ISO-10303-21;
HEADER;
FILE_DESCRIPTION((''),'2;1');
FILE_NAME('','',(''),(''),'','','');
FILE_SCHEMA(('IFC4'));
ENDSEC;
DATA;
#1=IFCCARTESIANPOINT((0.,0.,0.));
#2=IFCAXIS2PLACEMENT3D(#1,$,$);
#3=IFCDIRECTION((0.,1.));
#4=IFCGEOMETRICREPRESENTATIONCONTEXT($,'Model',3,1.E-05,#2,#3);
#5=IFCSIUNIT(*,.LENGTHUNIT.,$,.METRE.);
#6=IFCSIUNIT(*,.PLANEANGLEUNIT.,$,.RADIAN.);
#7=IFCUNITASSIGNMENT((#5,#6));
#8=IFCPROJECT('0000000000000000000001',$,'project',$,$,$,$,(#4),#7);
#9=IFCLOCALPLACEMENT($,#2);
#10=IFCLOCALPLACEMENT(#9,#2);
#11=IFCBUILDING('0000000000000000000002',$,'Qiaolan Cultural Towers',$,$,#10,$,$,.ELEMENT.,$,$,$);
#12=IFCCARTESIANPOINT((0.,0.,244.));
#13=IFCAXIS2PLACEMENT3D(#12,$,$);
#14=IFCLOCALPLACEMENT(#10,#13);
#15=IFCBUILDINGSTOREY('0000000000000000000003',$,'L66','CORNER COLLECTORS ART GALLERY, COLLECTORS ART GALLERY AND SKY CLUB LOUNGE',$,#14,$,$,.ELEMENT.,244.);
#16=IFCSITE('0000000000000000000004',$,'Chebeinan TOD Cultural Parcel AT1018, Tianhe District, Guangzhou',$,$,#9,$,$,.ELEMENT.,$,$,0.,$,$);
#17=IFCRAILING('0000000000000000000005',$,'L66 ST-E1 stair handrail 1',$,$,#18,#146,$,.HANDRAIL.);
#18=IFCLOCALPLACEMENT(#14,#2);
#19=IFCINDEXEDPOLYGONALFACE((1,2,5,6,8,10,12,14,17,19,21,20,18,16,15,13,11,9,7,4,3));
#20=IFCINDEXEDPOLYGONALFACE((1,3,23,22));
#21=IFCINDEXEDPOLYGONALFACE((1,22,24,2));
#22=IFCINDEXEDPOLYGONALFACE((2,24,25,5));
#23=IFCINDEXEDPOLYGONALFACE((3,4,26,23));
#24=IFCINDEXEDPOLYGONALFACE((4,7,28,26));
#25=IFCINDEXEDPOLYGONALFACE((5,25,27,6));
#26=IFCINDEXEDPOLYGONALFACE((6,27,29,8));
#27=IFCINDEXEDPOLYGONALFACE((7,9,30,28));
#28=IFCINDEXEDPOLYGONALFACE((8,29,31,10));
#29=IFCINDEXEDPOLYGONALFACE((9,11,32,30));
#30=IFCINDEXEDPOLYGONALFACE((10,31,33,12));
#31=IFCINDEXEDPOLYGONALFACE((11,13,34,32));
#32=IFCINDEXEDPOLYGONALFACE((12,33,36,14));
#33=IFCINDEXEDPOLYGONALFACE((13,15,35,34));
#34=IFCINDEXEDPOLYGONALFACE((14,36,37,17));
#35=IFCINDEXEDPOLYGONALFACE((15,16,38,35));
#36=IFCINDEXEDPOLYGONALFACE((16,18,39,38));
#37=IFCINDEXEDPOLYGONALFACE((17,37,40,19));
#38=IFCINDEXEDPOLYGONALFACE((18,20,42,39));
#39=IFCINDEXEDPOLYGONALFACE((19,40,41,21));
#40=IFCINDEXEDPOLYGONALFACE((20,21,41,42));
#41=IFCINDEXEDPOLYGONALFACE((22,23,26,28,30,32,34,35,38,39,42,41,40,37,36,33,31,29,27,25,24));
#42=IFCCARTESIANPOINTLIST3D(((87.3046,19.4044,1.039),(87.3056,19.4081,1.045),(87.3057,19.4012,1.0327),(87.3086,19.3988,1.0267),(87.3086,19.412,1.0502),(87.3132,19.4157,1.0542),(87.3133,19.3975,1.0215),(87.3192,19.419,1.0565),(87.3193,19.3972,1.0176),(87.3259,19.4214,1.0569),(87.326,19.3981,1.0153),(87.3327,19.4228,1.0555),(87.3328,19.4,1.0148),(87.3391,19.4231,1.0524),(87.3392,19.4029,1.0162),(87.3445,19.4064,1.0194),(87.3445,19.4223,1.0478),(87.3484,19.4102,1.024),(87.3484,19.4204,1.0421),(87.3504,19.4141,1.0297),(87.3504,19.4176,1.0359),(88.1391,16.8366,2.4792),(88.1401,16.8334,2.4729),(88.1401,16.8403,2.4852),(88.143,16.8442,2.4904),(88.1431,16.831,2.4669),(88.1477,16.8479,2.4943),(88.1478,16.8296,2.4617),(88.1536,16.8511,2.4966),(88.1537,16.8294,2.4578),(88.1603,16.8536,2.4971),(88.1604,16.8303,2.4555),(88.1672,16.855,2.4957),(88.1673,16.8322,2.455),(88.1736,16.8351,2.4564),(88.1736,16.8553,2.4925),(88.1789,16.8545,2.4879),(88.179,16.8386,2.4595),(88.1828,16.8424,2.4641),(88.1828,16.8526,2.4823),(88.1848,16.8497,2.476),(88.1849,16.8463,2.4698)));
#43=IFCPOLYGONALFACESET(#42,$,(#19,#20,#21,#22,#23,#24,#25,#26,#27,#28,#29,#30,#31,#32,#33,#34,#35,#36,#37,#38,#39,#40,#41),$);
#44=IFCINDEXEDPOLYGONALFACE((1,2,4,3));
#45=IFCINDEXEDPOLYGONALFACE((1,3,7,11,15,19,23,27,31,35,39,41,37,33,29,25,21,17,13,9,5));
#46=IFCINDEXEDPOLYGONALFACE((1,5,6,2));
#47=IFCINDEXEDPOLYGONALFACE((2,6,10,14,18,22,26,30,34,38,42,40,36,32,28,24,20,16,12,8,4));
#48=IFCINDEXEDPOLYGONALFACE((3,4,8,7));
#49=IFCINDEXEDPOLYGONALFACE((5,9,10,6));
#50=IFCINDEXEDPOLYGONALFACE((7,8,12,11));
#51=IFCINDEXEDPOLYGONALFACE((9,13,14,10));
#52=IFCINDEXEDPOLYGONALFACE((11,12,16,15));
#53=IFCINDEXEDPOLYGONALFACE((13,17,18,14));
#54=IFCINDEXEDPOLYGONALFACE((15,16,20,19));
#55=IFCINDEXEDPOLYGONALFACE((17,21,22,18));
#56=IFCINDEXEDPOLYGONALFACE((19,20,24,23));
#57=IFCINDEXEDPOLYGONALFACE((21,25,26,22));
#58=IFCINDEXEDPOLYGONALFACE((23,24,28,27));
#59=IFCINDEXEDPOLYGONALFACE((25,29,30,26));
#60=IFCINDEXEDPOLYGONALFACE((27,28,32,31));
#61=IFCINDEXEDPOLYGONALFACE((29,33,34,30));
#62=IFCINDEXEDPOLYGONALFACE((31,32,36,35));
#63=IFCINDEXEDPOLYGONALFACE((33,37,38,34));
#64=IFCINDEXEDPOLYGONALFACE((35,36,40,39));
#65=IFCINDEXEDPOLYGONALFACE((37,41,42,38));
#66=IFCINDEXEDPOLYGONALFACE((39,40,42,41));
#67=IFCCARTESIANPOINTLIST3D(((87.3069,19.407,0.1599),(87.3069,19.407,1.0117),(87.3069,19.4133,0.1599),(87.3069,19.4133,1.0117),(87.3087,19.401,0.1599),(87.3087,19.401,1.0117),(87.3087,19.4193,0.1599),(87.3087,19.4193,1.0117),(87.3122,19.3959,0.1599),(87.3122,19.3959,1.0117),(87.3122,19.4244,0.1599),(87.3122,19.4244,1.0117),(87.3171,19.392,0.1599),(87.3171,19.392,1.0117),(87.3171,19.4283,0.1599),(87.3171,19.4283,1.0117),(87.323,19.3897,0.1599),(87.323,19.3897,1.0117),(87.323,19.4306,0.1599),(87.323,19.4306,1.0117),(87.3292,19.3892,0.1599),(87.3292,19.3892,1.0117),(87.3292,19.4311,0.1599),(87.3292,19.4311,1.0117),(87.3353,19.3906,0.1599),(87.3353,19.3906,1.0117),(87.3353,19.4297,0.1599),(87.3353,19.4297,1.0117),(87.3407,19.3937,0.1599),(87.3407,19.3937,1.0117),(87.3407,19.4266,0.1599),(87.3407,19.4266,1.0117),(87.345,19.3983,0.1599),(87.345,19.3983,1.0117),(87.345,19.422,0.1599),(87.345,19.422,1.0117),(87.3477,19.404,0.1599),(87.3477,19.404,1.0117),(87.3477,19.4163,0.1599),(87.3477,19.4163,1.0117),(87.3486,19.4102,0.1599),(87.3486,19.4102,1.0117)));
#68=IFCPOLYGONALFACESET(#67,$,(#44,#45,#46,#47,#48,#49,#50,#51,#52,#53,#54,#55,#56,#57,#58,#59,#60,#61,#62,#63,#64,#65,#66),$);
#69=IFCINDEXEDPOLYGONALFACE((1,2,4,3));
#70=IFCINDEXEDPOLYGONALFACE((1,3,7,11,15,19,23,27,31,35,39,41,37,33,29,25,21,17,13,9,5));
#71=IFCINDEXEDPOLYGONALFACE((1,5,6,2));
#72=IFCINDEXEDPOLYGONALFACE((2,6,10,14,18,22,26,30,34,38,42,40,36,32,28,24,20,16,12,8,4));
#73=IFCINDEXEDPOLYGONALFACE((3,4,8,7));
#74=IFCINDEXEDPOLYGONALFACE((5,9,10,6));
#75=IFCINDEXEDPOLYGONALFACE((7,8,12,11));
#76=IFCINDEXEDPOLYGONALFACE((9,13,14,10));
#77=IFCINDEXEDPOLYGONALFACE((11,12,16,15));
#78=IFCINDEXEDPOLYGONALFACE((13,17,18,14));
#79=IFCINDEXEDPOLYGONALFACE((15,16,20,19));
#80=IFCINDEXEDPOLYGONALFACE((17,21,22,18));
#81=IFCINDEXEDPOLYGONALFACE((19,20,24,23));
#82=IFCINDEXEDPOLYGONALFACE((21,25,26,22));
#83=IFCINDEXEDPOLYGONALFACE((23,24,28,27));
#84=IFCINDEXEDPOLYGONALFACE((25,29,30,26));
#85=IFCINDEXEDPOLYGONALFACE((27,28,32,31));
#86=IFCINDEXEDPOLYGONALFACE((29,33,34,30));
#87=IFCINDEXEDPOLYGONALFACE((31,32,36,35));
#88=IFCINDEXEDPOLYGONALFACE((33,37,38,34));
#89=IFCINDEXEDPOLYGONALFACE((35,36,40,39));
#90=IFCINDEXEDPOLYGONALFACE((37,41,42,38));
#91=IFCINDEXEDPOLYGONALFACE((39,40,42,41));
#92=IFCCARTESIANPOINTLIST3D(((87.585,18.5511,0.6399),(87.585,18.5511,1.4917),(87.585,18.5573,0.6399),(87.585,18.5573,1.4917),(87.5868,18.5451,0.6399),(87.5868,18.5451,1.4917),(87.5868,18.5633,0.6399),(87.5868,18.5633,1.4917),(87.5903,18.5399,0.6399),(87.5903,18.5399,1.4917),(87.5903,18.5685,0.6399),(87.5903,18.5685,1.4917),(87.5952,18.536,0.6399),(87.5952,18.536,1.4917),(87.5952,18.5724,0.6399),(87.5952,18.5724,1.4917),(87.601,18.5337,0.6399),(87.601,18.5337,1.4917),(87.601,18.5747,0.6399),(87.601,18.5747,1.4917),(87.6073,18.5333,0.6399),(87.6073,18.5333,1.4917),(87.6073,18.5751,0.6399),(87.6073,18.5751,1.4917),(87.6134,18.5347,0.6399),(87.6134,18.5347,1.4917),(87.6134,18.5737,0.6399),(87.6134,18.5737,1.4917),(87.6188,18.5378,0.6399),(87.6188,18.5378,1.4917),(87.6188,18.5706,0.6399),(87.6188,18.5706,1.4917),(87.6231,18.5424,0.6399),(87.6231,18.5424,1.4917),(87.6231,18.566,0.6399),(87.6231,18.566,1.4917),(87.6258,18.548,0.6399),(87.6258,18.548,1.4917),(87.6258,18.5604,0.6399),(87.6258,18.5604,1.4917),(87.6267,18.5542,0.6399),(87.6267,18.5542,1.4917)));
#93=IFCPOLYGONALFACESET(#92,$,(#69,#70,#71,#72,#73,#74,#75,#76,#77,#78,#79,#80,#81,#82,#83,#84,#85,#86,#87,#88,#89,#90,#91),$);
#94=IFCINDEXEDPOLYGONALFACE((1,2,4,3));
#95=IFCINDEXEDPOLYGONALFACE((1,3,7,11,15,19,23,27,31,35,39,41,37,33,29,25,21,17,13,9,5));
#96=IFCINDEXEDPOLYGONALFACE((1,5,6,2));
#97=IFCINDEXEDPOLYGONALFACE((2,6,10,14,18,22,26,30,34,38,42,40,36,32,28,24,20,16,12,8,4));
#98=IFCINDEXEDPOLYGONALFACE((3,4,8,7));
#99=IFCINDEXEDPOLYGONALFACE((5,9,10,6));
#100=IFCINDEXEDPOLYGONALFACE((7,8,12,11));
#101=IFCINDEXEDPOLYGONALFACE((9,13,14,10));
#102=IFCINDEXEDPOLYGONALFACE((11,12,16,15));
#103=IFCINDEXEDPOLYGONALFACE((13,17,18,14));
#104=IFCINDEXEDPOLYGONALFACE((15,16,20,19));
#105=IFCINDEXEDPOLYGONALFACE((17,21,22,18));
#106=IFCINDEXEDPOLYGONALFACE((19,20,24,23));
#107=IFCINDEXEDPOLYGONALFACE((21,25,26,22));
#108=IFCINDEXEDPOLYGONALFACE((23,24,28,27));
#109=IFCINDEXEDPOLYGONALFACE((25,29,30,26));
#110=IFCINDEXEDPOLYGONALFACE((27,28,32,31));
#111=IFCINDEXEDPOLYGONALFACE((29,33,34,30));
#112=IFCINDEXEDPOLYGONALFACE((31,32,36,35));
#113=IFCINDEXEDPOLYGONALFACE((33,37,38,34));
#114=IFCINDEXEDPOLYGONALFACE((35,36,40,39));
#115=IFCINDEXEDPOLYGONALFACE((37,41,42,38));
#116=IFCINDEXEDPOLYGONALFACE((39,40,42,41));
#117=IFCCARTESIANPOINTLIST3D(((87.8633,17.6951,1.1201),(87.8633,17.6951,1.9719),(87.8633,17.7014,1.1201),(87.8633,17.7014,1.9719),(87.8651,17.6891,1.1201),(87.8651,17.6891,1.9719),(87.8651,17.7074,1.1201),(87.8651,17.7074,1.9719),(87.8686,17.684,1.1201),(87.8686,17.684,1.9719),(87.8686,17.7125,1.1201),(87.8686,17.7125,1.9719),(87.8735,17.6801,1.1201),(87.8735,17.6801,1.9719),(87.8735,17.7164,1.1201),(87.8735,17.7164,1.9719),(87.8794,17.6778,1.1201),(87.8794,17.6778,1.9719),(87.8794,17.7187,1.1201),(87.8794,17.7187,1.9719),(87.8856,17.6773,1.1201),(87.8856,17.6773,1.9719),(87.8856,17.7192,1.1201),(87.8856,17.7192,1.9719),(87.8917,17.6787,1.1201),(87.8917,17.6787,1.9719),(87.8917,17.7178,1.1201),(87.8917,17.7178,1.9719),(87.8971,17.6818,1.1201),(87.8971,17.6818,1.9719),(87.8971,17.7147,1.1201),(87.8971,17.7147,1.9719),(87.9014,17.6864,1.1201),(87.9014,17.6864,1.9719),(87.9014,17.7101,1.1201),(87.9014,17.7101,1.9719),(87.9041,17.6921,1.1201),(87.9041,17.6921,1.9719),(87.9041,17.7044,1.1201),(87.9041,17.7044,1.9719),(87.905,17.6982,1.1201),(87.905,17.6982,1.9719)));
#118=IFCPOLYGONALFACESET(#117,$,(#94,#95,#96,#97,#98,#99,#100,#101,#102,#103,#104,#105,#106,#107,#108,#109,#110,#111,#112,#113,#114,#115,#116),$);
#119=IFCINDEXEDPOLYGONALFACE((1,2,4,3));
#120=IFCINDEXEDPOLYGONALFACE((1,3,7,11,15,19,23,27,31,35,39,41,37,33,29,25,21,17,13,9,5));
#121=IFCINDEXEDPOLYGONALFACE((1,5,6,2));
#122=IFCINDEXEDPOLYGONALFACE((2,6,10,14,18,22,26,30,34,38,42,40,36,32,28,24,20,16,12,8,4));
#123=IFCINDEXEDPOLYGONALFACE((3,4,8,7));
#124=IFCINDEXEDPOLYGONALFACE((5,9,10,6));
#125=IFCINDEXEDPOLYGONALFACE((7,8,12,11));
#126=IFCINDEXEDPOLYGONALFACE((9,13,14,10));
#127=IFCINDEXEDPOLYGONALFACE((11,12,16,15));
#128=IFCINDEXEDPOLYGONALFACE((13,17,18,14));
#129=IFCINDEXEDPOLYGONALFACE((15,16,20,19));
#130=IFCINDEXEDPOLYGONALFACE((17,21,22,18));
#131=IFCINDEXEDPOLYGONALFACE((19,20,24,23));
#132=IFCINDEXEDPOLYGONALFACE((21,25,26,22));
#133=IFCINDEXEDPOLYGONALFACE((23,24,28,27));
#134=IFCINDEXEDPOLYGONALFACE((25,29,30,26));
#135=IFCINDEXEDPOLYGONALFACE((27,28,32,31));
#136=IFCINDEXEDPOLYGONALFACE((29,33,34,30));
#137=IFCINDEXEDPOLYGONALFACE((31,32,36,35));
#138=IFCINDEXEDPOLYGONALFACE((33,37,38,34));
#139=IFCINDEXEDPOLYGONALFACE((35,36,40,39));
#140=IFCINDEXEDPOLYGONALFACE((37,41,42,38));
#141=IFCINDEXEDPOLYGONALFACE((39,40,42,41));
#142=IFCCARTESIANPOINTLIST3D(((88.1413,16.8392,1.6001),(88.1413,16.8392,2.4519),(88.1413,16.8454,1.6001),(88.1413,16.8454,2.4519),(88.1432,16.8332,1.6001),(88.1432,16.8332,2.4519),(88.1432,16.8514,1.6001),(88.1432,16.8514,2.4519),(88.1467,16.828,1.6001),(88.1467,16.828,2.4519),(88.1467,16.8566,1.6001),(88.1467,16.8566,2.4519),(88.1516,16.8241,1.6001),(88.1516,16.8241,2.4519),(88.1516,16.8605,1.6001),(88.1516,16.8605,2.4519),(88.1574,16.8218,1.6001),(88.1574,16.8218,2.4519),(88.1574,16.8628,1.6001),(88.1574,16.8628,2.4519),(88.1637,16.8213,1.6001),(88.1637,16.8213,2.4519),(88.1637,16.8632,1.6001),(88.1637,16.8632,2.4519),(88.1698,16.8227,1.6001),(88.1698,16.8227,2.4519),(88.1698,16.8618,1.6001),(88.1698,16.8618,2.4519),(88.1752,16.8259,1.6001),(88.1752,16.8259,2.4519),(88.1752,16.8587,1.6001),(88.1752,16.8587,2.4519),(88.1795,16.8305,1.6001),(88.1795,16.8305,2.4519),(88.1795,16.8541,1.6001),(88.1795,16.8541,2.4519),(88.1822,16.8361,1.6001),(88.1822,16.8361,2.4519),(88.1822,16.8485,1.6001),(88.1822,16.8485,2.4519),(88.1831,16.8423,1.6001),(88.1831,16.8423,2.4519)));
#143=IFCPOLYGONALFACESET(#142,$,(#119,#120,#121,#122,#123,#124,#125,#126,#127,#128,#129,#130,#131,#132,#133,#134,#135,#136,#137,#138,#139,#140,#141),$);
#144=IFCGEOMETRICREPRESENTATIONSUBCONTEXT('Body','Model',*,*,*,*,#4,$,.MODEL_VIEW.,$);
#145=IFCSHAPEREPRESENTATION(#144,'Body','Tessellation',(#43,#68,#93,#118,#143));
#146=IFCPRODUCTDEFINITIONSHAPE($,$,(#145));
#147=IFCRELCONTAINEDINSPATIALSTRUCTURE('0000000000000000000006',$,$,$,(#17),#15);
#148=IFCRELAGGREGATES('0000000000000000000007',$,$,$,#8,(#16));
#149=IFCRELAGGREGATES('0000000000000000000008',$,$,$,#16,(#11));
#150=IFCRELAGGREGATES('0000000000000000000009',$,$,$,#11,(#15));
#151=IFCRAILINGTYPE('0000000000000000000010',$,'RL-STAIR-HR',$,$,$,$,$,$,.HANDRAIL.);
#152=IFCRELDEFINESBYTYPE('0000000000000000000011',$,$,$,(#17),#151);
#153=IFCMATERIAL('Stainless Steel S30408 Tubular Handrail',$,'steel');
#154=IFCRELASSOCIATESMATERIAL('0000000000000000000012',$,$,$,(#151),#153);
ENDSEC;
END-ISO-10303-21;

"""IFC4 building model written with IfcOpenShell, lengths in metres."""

from ifc_helpers import new_model, si_unit, direction, frame, origin, origin_2d, place, context, subcontext, project, spatial, circle, extrude, material, type_object, element, save


model = new_model("IFC4")

# Units and contexts
model_context = context("Model", 3, precision=1e-05, world=origin(), true_north=direction((0.0, 1.0)))
body_context = subcontext(model_context, "Body", "Model", "MODEL_VIEW")
ifc_project = project(units=[si_unit("LENGTHUNIT", "METRE"), si_unit("PLANEANGLEUNIT", "RADIAN")], contexts=[model_context])

# Site, building, storey
site_placement = place(None, origin())
site = spatial("IfcSite", under=ifc_project, at=site_placement, Name="Chebeinan TOD Cultural Parcel AT1018, Tianhe District, Guangzhou", CompositionType="ELEMENT", RefElevation=0.0)
building_placement = place(site_placement, origin())
building = spatial("IfcBuilding", under=site, at=building_placement, Name="Qiaolan Cultural Towers", CompositionType="ELEMENT")
storey_placement = place(building_placement, frame((0.0, 0.0, 244.0)))
storey = spatial("IfcBuildingStorey", under=building, at=storey_placement, Name="L66", Description="CORNER COLLECTORS ART GALLERY, COLLECTORS ART GALLERY AND SKY CLUB LOUNGE", CompositionType="ELEMENT", Elevation=244.0)

# Railing
ifc_material_1 = material(Name="Stainless Steel S30408 Tubular Handrail", Category="steel")
railing_type_1 = type_object("IfcRailingType", Name="RL-STAIR-HR", PredefinedType="HANDRAIL", material=ifc_material_1)
railing_1_placement = place(storey_placement, frame((87.3276, 19.4102, 0.1599)))
element("IfcRailing", 1, at=railing_1_placement, inside=storey, type_object=railing_type_1, Name="L66 ST-E1 stair handrail 1", PredefinedType="HANDRAIL", context=body_context, shape_type="SweptSolid", body=[
    extrude(circle(Radius=0.0239, at=origin_2d()), frame((0.0, 0.0, 0.876), z_axis=(0.272691, -0.839136, 0.470628), x_axis=(0.951043, 0.309057, 0.0)), (0.0, 0.0, 1.0), 3.0601),
    extrude(circle(Radius=0.021, at=origin_2d()), origin(), (0.0, 0.0, 1.0), 0.8518),
    extrude(circle(Radius=0.021, at=origin_2d()), frame((0.2781, -0.856, 0.48)), (0.0, 0.0, 1.0), 0.8518),
    extrude(circle(Radius=0.021, at=origin_2d()), frame((0.5564, -1.7119, 0.9602)), (0.0, 0.0, 1.0), 0.8518),
    extrude(circle(Radius=0.021, at=origin_2d()), frame((0.8345, -2.5679, 1.4402)), (0.0, 0.0, 1.0), 0.8518),
])

save(model, "model.ifc")
